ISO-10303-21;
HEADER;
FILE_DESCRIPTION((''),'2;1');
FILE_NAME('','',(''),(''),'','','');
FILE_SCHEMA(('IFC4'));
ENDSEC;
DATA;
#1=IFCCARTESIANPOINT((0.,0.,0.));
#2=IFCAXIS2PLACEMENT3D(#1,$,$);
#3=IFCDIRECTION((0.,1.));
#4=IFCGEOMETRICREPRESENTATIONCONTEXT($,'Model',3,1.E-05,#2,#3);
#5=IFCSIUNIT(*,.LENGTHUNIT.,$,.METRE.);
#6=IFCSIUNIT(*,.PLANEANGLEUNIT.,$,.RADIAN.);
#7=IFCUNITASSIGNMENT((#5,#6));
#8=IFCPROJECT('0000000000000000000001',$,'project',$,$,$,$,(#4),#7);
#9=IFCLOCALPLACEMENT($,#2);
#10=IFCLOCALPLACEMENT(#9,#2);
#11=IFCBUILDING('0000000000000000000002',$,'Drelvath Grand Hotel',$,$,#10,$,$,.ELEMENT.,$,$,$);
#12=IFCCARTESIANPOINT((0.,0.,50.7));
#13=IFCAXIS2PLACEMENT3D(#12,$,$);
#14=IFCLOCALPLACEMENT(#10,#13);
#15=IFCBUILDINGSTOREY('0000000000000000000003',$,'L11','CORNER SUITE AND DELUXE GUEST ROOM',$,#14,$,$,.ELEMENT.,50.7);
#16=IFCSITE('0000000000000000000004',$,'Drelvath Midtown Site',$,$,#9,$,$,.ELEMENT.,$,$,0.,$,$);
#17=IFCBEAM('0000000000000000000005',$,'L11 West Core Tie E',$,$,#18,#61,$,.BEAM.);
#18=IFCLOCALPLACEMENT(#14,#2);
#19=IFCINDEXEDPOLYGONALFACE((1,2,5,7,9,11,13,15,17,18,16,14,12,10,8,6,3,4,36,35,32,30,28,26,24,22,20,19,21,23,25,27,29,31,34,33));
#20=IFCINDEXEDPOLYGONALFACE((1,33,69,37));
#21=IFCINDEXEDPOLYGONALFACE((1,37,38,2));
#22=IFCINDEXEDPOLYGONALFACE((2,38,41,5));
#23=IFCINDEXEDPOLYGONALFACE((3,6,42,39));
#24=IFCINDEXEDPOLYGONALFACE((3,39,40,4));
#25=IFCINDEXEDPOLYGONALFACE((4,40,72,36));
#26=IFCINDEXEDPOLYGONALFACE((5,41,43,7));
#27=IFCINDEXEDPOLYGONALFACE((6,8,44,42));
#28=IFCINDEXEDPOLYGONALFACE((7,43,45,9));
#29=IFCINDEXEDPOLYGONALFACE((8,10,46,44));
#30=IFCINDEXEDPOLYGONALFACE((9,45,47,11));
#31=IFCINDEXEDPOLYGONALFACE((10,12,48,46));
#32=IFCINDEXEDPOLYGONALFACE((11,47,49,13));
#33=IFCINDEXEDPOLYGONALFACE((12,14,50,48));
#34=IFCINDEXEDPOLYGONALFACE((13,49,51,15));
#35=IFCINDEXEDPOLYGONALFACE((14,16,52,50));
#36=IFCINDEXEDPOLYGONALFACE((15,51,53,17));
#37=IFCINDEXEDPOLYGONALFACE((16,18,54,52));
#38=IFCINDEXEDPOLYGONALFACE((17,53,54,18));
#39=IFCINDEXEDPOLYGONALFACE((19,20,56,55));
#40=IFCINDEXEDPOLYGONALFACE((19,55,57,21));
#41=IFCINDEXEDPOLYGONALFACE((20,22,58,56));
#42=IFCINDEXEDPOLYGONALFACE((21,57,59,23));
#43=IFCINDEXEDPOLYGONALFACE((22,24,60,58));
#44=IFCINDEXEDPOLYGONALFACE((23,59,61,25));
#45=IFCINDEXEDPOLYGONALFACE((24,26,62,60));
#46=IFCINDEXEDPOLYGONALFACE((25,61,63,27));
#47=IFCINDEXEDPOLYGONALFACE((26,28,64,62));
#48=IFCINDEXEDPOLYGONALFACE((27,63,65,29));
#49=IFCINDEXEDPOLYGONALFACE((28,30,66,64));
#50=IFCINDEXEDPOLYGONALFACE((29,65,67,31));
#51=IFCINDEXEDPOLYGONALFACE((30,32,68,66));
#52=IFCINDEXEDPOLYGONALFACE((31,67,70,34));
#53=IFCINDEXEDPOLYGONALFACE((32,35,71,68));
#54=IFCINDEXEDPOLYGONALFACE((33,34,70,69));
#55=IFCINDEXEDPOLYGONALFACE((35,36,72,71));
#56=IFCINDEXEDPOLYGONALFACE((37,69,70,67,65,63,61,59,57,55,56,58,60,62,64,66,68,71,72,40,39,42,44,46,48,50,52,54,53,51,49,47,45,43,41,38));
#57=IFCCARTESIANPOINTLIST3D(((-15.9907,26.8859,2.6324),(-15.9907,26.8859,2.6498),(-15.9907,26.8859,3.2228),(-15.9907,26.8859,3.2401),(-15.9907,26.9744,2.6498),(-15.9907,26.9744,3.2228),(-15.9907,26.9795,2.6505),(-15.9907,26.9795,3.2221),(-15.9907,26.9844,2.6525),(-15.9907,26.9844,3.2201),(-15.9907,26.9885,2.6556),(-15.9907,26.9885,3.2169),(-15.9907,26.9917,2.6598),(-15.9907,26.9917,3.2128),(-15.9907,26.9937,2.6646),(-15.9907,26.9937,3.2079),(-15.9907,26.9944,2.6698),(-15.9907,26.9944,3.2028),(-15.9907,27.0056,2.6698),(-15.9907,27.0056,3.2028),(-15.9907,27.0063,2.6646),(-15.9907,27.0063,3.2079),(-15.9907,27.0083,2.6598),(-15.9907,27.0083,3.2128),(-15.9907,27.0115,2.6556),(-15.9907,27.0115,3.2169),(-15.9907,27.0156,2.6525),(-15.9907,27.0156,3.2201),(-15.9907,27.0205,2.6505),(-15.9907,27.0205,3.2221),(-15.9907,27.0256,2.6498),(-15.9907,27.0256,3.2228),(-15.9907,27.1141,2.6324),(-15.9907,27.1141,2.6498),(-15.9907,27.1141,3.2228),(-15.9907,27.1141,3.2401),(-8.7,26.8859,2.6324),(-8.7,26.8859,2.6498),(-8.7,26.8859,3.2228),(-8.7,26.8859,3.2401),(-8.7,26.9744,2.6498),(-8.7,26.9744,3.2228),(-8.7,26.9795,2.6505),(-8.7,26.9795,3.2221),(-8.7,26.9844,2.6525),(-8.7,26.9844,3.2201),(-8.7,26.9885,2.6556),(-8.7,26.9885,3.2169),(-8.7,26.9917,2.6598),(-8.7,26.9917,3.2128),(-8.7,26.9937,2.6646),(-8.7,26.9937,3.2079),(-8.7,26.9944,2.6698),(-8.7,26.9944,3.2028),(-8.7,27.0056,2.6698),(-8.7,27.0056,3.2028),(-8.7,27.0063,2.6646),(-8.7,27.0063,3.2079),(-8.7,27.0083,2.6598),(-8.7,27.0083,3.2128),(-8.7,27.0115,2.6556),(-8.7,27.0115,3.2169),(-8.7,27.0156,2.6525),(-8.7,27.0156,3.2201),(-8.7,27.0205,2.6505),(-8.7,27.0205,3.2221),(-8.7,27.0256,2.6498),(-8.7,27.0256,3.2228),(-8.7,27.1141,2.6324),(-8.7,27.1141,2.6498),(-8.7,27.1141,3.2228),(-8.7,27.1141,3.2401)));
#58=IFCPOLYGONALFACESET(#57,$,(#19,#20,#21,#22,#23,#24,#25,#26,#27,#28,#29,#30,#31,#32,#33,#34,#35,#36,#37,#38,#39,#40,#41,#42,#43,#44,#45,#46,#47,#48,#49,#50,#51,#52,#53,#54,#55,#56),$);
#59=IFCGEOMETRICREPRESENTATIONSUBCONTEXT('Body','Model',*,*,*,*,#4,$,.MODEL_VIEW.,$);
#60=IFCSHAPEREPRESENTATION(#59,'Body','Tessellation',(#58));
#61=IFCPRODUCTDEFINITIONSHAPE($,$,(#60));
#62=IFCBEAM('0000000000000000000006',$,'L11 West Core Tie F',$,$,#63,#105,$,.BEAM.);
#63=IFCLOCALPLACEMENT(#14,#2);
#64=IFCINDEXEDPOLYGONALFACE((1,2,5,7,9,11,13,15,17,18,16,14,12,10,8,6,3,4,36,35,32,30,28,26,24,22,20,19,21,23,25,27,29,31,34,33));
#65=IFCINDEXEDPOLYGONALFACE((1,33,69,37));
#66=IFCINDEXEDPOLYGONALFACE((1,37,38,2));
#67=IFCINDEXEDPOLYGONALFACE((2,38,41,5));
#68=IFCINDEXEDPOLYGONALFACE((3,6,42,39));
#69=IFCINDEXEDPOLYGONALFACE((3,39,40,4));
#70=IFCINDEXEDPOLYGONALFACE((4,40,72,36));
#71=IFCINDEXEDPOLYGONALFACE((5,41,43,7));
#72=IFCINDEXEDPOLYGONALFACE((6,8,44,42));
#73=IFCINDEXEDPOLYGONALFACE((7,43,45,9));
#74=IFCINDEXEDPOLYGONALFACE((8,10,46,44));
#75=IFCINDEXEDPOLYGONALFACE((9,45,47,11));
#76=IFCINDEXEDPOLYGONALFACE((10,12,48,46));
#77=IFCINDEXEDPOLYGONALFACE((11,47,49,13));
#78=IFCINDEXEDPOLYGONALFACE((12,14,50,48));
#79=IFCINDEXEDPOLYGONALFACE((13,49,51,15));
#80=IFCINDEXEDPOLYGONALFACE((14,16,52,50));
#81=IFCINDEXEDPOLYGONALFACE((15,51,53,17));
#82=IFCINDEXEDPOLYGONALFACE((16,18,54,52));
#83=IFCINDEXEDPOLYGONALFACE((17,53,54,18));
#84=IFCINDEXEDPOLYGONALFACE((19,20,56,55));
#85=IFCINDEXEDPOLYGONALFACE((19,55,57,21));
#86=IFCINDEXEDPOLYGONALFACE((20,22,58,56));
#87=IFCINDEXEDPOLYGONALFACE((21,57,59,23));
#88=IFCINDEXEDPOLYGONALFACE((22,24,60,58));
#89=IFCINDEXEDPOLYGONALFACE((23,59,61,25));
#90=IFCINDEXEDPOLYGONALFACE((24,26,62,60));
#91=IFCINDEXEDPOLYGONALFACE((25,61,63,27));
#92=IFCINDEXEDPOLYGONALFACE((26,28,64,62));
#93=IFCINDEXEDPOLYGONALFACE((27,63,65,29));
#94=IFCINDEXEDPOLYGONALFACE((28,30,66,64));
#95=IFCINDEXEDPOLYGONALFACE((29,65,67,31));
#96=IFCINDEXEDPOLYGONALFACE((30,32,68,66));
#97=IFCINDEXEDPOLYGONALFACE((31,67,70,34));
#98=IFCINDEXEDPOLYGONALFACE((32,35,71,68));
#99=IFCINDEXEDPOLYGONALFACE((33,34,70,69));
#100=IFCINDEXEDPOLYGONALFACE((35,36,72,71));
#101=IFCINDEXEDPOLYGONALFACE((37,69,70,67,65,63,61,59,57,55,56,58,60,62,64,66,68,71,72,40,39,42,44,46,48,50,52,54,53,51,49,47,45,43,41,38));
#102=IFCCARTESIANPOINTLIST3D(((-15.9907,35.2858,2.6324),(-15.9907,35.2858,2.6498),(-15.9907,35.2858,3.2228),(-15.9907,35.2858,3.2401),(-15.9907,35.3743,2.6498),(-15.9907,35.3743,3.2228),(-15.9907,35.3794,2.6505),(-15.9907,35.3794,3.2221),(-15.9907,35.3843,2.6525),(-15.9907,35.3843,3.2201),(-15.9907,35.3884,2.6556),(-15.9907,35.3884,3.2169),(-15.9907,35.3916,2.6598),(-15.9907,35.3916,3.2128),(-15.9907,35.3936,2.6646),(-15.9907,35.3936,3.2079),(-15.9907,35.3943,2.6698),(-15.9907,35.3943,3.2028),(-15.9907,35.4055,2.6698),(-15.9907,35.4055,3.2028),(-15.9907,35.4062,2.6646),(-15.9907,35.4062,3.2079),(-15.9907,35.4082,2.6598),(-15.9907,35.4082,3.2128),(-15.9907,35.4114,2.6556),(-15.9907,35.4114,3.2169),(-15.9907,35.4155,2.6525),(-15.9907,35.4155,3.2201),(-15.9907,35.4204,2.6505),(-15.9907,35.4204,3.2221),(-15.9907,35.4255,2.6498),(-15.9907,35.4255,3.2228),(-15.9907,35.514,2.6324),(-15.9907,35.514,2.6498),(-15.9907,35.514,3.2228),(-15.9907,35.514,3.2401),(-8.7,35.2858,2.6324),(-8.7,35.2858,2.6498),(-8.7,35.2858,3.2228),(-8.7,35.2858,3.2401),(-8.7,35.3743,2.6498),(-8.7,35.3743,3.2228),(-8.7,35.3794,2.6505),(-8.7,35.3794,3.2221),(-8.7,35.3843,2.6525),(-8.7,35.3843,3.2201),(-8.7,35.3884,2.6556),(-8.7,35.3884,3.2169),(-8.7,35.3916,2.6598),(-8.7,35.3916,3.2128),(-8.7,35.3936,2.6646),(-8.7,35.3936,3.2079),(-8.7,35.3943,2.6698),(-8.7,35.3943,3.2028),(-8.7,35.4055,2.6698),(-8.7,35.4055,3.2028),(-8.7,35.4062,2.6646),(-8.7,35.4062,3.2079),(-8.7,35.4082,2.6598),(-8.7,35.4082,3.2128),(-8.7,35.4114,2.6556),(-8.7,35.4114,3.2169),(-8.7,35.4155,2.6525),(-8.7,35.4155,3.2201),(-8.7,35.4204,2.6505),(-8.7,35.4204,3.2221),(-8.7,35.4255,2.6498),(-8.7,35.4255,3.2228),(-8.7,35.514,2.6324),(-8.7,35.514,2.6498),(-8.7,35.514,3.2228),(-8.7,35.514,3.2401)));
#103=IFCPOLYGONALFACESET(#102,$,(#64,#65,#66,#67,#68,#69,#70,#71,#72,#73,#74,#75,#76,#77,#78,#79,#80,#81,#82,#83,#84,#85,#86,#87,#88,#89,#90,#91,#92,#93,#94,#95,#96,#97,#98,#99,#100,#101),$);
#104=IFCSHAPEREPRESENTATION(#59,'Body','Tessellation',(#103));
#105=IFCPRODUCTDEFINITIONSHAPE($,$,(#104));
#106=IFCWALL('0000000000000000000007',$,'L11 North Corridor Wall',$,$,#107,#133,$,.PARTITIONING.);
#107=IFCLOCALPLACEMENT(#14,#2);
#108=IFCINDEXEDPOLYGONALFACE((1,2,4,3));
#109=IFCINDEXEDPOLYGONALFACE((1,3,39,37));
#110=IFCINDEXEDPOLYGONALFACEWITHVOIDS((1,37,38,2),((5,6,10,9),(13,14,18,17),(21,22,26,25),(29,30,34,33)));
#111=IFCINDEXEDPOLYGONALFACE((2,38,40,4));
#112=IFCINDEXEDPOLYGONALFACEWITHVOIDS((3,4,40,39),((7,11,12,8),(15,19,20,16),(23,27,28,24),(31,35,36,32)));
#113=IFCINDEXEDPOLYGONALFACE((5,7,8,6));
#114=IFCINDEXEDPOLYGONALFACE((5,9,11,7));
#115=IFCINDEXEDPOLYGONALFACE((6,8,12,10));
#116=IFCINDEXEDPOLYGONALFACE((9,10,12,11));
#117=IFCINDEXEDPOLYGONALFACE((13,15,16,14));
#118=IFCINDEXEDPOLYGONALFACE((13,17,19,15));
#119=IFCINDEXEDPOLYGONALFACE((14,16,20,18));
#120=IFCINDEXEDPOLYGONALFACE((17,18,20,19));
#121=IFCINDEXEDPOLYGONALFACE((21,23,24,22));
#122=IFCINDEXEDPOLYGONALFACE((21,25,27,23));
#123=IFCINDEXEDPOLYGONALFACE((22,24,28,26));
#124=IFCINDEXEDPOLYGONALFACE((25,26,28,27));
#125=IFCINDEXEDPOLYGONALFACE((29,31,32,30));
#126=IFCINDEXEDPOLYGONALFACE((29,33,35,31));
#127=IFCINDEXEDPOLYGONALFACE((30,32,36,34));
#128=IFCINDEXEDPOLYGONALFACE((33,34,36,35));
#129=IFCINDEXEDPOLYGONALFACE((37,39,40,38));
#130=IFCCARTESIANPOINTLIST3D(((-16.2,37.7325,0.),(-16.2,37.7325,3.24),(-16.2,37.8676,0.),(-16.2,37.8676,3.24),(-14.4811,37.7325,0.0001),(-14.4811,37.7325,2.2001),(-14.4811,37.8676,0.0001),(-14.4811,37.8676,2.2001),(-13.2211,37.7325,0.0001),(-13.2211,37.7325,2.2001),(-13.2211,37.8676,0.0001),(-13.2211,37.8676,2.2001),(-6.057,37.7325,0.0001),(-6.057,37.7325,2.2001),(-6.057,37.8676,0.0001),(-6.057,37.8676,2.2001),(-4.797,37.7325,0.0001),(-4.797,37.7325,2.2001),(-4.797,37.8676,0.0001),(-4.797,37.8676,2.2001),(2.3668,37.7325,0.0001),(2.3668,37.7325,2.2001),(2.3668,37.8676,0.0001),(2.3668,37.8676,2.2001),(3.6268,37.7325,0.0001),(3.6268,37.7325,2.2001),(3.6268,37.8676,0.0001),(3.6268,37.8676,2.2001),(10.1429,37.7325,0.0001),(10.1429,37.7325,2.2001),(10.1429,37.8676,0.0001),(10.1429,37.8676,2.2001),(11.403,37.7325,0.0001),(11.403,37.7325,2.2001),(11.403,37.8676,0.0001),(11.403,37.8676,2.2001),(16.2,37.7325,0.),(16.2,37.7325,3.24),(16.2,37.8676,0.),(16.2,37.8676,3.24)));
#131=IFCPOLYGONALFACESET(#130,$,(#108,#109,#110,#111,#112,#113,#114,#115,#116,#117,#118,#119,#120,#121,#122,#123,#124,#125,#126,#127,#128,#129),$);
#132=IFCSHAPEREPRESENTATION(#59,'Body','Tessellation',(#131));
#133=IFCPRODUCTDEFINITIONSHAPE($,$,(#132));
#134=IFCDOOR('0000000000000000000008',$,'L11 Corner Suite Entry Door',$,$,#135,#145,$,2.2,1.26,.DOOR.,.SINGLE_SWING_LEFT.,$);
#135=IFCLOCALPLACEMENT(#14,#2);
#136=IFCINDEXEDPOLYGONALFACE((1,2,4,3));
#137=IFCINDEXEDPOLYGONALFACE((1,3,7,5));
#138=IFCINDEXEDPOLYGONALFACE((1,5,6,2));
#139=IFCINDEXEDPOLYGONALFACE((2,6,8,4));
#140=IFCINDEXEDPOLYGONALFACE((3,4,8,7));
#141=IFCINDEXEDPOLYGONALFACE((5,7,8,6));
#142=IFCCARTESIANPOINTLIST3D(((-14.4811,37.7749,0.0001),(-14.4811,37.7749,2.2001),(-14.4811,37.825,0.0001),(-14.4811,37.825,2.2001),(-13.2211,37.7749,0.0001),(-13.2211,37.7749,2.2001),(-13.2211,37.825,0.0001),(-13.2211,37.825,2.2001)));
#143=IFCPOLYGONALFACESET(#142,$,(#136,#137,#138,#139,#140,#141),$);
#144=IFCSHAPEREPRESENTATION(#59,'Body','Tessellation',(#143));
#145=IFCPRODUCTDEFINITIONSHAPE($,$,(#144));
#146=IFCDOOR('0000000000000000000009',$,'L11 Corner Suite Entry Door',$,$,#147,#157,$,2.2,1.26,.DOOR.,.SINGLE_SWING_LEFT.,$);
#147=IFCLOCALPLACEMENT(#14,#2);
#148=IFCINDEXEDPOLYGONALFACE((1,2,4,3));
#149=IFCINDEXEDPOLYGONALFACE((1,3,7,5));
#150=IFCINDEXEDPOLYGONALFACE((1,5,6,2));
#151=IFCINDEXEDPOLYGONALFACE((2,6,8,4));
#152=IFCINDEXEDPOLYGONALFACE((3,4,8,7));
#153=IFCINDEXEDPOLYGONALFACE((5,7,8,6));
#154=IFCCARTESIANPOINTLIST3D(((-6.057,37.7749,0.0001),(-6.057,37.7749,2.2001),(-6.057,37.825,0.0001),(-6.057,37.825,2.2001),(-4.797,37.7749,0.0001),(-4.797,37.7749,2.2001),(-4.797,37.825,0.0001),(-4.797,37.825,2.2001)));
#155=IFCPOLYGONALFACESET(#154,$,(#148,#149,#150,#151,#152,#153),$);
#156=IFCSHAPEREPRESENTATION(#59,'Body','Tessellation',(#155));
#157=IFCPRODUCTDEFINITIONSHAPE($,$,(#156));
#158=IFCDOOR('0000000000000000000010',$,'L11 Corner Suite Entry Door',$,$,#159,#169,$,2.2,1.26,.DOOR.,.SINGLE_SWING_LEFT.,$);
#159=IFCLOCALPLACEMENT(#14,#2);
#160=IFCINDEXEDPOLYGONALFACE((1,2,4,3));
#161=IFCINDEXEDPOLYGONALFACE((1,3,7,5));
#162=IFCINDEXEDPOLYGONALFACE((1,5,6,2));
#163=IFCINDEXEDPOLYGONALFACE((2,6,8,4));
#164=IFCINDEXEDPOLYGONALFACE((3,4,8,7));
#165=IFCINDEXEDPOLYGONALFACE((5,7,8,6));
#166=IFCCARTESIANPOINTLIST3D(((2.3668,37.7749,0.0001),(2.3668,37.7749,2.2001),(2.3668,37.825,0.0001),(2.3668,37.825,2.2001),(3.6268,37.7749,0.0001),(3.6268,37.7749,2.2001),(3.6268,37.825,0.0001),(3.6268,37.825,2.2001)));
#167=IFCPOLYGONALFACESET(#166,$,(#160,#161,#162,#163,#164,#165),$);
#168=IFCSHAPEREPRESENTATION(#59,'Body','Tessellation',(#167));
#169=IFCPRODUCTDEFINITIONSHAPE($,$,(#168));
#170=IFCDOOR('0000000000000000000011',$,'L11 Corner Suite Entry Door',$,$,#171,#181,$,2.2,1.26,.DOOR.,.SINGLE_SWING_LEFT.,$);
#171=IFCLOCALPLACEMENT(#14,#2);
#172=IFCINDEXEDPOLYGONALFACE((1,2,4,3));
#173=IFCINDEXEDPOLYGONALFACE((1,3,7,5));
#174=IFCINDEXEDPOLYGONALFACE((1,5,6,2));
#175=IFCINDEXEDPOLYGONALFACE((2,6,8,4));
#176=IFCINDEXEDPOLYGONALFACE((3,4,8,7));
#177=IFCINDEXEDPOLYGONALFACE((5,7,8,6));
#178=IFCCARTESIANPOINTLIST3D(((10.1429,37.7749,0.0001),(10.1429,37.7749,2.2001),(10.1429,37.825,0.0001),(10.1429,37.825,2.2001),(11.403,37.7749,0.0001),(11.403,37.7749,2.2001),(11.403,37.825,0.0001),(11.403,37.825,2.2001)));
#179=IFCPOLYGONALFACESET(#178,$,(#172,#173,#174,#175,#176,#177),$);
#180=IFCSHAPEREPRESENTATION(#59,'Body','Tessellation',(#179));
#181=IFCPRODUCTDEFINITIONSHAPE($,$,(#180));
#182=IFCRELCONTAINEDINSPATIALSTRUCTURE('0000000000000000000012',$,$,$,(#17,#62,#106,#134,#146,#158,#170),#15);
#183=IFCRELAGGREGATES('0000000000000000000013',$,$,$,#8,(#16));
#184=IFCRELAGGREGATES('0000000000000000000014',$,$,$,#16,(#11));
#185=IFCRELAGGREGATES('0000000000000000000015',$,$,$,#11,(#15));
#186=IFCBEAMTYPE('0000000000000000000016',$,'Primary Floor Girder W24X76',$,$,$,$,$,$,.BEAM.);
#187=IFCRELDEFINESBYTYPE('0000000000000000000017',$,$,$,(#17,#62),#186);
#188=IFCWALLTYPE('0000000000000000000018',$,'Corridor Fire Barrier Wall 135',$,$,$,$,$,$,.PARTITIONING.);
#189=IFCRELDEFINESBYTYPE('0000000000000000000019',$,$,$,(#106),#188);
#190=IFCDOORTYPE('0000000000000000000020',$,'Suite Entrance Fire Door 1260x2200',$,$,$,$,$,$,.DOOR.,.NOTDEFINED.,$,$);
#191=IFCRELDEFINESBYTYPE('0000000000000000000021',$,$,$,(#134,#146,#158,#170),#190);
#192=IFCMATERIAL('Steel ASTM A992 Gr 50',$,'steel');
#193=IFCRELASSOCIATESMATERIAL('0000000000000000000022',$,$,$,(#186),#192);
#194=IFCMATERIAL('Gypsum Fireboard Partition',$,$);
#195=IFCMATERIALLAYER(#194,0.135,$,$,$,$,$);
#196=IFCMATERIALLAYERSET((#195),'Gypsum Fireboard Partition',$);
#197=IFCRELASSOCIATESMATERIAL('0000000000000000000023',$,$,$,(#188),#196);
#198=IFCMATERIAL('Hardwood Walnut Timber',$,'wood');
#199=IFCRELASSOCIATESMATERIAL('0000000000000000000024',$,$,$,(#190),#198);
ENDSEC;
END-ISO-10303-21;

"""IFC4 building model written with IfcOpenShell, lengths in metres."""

from ifc_helpers import new_model, si_unit, direction, frame, frame_2d, origin, origin_2d, place, context, subcontext, project, spatial, rectangle, i_section, extrude, material, layer, layer_set, material_profile, profile_set, type_object, element, fill, save


model = new_model("IFC4")

# Units and contexts
model_context = context("Model", 3, precision=1e-05, world=origin(), true_north=direction((0.0, 1.0)))
body_context = subcontext(model_context, "Body", "Model", "MODEL_VIEW")
ifc_project = project(units=[si_unit("LENGTHUNIT", "METRE"), si_unit("PLANEANGLEUNIT", "RADIAN")], contexts=[model_context])

# Site, building, storey
site_placement = place(None, origin())
site = spatial("IfcSite", under=ifc_project, at=site_placement, Name="Drelvath Midtown Site", CompositionType="ELEMENT", RefElevation=0.0)
building_placement = place(site_placement, origin())
building = spatial("IfcBuilding", under=site, at=building_placement, Name="Drelvath Grand Hotel", CompositionType="ELEMENT")
storey_placement = place(building_placement, frame((0.0, 0.0, 50.7)))
storey = spatial("IfcBuildingStorey", under=building, at=storey_placement, Name="L11", Description="CORNER SUITE AND DELUXE GUEST ROOM", CompositionType="ELEMENT", Elevation=50.7)

# Beams
ifc_material_1 = material(Name="Steel ASTM A992 Gr 50", Category="steel")
ifc_material_profile = material_profile(ifc_material_1, i_section(OverallWidth=0.2283, OverallDepth=0.6077, WebThickness=0.0112, FlangeThickness=0.0173, FilletRadius=0.02, at=origin_2d()), Name="W24X76")
ifc_profile_set = profile_set([ifc_material_profile], Name="Steel ASTM A992 Gr 50")
beam_type = type_object("IfcBeamType", Name="Primary Floor Girder W24X76", PredefinedType="BEAM", material=ifc_profile_set)
for number, where, z_axis, x_axis, name in (
    (1, (-15.9907, 27.0, 2.9363), (1.0, 0.0, 0.0), (0.0, 1.0, 0.0), "L11 West Core Tie E"),
    (2, (-15.9907, 35.3999, 2.9363), (1.0, 0.0, 0.0), (0.0, 1.0, 0.0), "L11 West Core Tie F"),
):
    element("IfcBeam", number, at=place(storey_placement, frame(where, z_axis=z_axis, x_axis=x_axis)), inside=storey, type_object=beam_type, Name=name, PredefinedType="BEAM", context=body_context, shape_type="SweptSolid", body=[
        extrude(i_section(OverallWidth=0.2283, OverallDepth=0.6077, WebThickness=0.0112, FlangeThickness=0.0173, FilletRadius=0.02, at=origin_2d()), origin(), (0.0, 0.0, 1.0), 7.2908),
    ])

# Wall, openings, doors
ifc_material_2 = material(Name="Gypsum Fireboard Partition")
ifc_layer_1 = layer(ifc_material_2, 0.135)
ifc_layer_set_1 = layer_set([ifc_layer_1], Name="Gypsum Fireboard Partition")
wall_type_1 = type_object("IfcWallType", Name="Corridor Fire Barrier Wall 135", PredefinedType="PARTITIONING", material=ifc_layer_set_1)
wall_1_placement = place(storey_placement, frame((-16.2, 37.8, 0.0), z_axis=(0.0, 0.0, 1.0), x_axis=(1.0, 0.0, 0.0)))
wall_1 = element("IfcWall", 3, at=wall_1_placement, inside=storey, type_object=wall_type_1, Name="L11 North Corridor Wall", PredefinedType="PARTITIONING", context=body_context, shape_type="SweptSolid", body=[
    extrude(rectangle(XDim=32.3999, YDim=0.135, at=frame_2d((16.2, 0.0))), origin(), (0.0, 0.0, 1.0), 3.24),
])
opening_1_placement = place(wall_1_placement, frame((1.719, 0.0, 0.0)))
opening_1 = element("IfcOpeningElement", 4, at=opening_1_placement, cuts=wall_1, PredefinedType="OPENING", context=body_context, shape_type="SweptSolid", body=[
    extrude(rectangle(XDim=1.26, YDim=2.2, at=frame_2d((0.6299, 1.1001))), frame((0.0, 0.0774, 0.0), z_axis=(0.0, -1.0, 0.0), x_axis=(1.0, 0.0, 0.0)), (0.0, 0.0, 1.0), 0.155),
])
opening_2_placement = place(wall_1_placement, frame((10.1431, 0.0, 0.0)))
opening_2 = element("IfcOpeningElement", 5, at=opening_2_placement, cuts=wall_1, PredefinedType="OPENING", context=body_context, shape_type="SweptSolid", body=[
    extrude(rectangle(XDim=1.26, YDim=2.2, at=frame_2d((0.6299, 1.1001))), frame((0.0, 0.0774, 0.0), z_axis=(0.0, -1.0, 0.0), x_axis=(1.0, 0.0, 0.0)), (0.0, 0.0, 1.0), 0.155),
])
opening_3_placement = place(wall_1_placement, frame((18.5669, 0.0, 0.0)))
opening_3 = element("IfcOpeningElement", 6, at=opening_3_placement, cuts=wall_1, PredefinedType="OPENING", context=body_context, shape_type="SweptSolid", body=[
    extrude(rectangle(XDim=1.26, YDim=2.2, at=frame_2d((0.6299, 1.1001))), frame((0.0, 0.0774, 0.0), z_axis=(0.0, -1.0, 0.0), x_axis=(1.0, 0.0, 0.0)), (0.0, 0.0, 1.0), 0.155),
])
opening_4_placement = place(wall_1_placement, frame((26.343, 0.0, 0.0)))
opening_4 = element("IfcOpeningElement", 7, at=opening_4_placement, cuts=wall_1, PredefinedType="OPENING", context=body_context, shape_type="SweptSolid", body=[
    extrude(rectangle(XDim=1.26, YDim=2.2, at=frame_2d((0.6299, 1.1001))), frame((0.0, 0.0774, 0.0), z_axis=(0.0, -1.0, 0.0), x_axis=(1.0, 0.0, 0.0)), (0.0, 0.0, 1.0), 0.155),
])
ifc_material_3 = material(Name="Hardwood Walnut Timber", Category="wood")
door_type_1 = type_object("IfcDoorType", Name="Suite Entrance Fire Door 1260x2200", OperationType="NOTDEFINED", PredefinedType="DOOR", material=ifc_material_3)
door_1_placement = place(opening_1_placement, origin())
door_1 = element("IfcDoor", 8, at=door_1_placement, inside=storey, type_object=door_type_1, Name="L11 Corner Suite Entry Door", OperationType="SINGLE_SWING_LEFT", OverallHeight=2.2, OverallWidth=1.26, PredefinedType="DOOR", context=body_context, shape_type="SweptSolid", body=[
    extrude(rectangle(XDim=1.26, YDim=2.2, at=frame_2d((0.6299, 1.1001))), frame((0.0, 0.0249, 0.0), z_axis=(0.0, -1.0, 0.0), x_axis=(1.0, 0.0, 0.0)), (0.0, 0.0, 1.0), 0.05),
])
fill(opening_1, door_1)
door_2_placement = place(opening_2_placement, origin())
door_2 = element("IfcDoor", 9, at=door_2_placement, inside=storey, type_object=door_type_1, Name="L11 Corner Suite Entry Door", OperationType="SINGLE_SWING_LEFT", OverallHeight=2.2, OverallWidth=1.26, PredefinedType="DOOR", context=body_context, shape_type="SweptSolid", body=[
    extrude(rectangle(XDim=1.26, YDim=2.2, at=frame_2d((0.6299, 1.1001))), frame((0.0, 0.0249, 0.0), z_axis=(0.0, -1.0, 0.0), x_axis=(1.0, 0.0, 0.0)), (0.0, 0.0, 1.0), 0.05),
])
fill(opening_2, door_2)
door_3_placement = place(opening_3_placement, origin())
door_3 = element("IfcDoor", 10, at=door_3_placement, inside=storey, type_object=door_type_1, Name="L11 Corner Suite Entry Door", OperationType="SINGLE_SWING_LEFT", OverallHeight=2.2, OverallWidth=1.26, PredefinedType="DOOR", context=body_context, shape_type="SweptSolid", body=[
    extrude(rectangle(XDim=1.26, YDim=2.2, at=frame_2d((0.6299, 1.1001))), frame((0.0, 0.0249, 0.0), z_axis=(0.0, -1.0, 0.0), x_axis=(1.0, 0.0, 0.0)), (0.0, 0.0, 1.0), 0.05),
])
fill(opening_3, door_3)
door_4_placement = place(opening_4_placement, origin())
door_4 = element("IfcDoor", 11, at=door_4_placement, inside=storey, type_object=door_type_1, Name="L11 Corner Suite Entry Door", OperationType="SINGLE_SWING_LEFT", OverallHeight=2.2, OverallWidth=1.26, PredefinedType="DOOR", context=body_context, shape_type="SweptSolid", body=[
    extrude(rectangle(XDim=1.26, YDim=2.2, at=frame_2d((0.6299, 1.1001))), frame((0.0, 0.0249, 0.0), z_axis=(0.0, -1.0, 0.0), x_axis=(1.0, 0.0, 0.0)), (0.0, 0.0, 1.0), 0.05),
])
fill(opening_4, door_4)

save(model, "model.ifc")
